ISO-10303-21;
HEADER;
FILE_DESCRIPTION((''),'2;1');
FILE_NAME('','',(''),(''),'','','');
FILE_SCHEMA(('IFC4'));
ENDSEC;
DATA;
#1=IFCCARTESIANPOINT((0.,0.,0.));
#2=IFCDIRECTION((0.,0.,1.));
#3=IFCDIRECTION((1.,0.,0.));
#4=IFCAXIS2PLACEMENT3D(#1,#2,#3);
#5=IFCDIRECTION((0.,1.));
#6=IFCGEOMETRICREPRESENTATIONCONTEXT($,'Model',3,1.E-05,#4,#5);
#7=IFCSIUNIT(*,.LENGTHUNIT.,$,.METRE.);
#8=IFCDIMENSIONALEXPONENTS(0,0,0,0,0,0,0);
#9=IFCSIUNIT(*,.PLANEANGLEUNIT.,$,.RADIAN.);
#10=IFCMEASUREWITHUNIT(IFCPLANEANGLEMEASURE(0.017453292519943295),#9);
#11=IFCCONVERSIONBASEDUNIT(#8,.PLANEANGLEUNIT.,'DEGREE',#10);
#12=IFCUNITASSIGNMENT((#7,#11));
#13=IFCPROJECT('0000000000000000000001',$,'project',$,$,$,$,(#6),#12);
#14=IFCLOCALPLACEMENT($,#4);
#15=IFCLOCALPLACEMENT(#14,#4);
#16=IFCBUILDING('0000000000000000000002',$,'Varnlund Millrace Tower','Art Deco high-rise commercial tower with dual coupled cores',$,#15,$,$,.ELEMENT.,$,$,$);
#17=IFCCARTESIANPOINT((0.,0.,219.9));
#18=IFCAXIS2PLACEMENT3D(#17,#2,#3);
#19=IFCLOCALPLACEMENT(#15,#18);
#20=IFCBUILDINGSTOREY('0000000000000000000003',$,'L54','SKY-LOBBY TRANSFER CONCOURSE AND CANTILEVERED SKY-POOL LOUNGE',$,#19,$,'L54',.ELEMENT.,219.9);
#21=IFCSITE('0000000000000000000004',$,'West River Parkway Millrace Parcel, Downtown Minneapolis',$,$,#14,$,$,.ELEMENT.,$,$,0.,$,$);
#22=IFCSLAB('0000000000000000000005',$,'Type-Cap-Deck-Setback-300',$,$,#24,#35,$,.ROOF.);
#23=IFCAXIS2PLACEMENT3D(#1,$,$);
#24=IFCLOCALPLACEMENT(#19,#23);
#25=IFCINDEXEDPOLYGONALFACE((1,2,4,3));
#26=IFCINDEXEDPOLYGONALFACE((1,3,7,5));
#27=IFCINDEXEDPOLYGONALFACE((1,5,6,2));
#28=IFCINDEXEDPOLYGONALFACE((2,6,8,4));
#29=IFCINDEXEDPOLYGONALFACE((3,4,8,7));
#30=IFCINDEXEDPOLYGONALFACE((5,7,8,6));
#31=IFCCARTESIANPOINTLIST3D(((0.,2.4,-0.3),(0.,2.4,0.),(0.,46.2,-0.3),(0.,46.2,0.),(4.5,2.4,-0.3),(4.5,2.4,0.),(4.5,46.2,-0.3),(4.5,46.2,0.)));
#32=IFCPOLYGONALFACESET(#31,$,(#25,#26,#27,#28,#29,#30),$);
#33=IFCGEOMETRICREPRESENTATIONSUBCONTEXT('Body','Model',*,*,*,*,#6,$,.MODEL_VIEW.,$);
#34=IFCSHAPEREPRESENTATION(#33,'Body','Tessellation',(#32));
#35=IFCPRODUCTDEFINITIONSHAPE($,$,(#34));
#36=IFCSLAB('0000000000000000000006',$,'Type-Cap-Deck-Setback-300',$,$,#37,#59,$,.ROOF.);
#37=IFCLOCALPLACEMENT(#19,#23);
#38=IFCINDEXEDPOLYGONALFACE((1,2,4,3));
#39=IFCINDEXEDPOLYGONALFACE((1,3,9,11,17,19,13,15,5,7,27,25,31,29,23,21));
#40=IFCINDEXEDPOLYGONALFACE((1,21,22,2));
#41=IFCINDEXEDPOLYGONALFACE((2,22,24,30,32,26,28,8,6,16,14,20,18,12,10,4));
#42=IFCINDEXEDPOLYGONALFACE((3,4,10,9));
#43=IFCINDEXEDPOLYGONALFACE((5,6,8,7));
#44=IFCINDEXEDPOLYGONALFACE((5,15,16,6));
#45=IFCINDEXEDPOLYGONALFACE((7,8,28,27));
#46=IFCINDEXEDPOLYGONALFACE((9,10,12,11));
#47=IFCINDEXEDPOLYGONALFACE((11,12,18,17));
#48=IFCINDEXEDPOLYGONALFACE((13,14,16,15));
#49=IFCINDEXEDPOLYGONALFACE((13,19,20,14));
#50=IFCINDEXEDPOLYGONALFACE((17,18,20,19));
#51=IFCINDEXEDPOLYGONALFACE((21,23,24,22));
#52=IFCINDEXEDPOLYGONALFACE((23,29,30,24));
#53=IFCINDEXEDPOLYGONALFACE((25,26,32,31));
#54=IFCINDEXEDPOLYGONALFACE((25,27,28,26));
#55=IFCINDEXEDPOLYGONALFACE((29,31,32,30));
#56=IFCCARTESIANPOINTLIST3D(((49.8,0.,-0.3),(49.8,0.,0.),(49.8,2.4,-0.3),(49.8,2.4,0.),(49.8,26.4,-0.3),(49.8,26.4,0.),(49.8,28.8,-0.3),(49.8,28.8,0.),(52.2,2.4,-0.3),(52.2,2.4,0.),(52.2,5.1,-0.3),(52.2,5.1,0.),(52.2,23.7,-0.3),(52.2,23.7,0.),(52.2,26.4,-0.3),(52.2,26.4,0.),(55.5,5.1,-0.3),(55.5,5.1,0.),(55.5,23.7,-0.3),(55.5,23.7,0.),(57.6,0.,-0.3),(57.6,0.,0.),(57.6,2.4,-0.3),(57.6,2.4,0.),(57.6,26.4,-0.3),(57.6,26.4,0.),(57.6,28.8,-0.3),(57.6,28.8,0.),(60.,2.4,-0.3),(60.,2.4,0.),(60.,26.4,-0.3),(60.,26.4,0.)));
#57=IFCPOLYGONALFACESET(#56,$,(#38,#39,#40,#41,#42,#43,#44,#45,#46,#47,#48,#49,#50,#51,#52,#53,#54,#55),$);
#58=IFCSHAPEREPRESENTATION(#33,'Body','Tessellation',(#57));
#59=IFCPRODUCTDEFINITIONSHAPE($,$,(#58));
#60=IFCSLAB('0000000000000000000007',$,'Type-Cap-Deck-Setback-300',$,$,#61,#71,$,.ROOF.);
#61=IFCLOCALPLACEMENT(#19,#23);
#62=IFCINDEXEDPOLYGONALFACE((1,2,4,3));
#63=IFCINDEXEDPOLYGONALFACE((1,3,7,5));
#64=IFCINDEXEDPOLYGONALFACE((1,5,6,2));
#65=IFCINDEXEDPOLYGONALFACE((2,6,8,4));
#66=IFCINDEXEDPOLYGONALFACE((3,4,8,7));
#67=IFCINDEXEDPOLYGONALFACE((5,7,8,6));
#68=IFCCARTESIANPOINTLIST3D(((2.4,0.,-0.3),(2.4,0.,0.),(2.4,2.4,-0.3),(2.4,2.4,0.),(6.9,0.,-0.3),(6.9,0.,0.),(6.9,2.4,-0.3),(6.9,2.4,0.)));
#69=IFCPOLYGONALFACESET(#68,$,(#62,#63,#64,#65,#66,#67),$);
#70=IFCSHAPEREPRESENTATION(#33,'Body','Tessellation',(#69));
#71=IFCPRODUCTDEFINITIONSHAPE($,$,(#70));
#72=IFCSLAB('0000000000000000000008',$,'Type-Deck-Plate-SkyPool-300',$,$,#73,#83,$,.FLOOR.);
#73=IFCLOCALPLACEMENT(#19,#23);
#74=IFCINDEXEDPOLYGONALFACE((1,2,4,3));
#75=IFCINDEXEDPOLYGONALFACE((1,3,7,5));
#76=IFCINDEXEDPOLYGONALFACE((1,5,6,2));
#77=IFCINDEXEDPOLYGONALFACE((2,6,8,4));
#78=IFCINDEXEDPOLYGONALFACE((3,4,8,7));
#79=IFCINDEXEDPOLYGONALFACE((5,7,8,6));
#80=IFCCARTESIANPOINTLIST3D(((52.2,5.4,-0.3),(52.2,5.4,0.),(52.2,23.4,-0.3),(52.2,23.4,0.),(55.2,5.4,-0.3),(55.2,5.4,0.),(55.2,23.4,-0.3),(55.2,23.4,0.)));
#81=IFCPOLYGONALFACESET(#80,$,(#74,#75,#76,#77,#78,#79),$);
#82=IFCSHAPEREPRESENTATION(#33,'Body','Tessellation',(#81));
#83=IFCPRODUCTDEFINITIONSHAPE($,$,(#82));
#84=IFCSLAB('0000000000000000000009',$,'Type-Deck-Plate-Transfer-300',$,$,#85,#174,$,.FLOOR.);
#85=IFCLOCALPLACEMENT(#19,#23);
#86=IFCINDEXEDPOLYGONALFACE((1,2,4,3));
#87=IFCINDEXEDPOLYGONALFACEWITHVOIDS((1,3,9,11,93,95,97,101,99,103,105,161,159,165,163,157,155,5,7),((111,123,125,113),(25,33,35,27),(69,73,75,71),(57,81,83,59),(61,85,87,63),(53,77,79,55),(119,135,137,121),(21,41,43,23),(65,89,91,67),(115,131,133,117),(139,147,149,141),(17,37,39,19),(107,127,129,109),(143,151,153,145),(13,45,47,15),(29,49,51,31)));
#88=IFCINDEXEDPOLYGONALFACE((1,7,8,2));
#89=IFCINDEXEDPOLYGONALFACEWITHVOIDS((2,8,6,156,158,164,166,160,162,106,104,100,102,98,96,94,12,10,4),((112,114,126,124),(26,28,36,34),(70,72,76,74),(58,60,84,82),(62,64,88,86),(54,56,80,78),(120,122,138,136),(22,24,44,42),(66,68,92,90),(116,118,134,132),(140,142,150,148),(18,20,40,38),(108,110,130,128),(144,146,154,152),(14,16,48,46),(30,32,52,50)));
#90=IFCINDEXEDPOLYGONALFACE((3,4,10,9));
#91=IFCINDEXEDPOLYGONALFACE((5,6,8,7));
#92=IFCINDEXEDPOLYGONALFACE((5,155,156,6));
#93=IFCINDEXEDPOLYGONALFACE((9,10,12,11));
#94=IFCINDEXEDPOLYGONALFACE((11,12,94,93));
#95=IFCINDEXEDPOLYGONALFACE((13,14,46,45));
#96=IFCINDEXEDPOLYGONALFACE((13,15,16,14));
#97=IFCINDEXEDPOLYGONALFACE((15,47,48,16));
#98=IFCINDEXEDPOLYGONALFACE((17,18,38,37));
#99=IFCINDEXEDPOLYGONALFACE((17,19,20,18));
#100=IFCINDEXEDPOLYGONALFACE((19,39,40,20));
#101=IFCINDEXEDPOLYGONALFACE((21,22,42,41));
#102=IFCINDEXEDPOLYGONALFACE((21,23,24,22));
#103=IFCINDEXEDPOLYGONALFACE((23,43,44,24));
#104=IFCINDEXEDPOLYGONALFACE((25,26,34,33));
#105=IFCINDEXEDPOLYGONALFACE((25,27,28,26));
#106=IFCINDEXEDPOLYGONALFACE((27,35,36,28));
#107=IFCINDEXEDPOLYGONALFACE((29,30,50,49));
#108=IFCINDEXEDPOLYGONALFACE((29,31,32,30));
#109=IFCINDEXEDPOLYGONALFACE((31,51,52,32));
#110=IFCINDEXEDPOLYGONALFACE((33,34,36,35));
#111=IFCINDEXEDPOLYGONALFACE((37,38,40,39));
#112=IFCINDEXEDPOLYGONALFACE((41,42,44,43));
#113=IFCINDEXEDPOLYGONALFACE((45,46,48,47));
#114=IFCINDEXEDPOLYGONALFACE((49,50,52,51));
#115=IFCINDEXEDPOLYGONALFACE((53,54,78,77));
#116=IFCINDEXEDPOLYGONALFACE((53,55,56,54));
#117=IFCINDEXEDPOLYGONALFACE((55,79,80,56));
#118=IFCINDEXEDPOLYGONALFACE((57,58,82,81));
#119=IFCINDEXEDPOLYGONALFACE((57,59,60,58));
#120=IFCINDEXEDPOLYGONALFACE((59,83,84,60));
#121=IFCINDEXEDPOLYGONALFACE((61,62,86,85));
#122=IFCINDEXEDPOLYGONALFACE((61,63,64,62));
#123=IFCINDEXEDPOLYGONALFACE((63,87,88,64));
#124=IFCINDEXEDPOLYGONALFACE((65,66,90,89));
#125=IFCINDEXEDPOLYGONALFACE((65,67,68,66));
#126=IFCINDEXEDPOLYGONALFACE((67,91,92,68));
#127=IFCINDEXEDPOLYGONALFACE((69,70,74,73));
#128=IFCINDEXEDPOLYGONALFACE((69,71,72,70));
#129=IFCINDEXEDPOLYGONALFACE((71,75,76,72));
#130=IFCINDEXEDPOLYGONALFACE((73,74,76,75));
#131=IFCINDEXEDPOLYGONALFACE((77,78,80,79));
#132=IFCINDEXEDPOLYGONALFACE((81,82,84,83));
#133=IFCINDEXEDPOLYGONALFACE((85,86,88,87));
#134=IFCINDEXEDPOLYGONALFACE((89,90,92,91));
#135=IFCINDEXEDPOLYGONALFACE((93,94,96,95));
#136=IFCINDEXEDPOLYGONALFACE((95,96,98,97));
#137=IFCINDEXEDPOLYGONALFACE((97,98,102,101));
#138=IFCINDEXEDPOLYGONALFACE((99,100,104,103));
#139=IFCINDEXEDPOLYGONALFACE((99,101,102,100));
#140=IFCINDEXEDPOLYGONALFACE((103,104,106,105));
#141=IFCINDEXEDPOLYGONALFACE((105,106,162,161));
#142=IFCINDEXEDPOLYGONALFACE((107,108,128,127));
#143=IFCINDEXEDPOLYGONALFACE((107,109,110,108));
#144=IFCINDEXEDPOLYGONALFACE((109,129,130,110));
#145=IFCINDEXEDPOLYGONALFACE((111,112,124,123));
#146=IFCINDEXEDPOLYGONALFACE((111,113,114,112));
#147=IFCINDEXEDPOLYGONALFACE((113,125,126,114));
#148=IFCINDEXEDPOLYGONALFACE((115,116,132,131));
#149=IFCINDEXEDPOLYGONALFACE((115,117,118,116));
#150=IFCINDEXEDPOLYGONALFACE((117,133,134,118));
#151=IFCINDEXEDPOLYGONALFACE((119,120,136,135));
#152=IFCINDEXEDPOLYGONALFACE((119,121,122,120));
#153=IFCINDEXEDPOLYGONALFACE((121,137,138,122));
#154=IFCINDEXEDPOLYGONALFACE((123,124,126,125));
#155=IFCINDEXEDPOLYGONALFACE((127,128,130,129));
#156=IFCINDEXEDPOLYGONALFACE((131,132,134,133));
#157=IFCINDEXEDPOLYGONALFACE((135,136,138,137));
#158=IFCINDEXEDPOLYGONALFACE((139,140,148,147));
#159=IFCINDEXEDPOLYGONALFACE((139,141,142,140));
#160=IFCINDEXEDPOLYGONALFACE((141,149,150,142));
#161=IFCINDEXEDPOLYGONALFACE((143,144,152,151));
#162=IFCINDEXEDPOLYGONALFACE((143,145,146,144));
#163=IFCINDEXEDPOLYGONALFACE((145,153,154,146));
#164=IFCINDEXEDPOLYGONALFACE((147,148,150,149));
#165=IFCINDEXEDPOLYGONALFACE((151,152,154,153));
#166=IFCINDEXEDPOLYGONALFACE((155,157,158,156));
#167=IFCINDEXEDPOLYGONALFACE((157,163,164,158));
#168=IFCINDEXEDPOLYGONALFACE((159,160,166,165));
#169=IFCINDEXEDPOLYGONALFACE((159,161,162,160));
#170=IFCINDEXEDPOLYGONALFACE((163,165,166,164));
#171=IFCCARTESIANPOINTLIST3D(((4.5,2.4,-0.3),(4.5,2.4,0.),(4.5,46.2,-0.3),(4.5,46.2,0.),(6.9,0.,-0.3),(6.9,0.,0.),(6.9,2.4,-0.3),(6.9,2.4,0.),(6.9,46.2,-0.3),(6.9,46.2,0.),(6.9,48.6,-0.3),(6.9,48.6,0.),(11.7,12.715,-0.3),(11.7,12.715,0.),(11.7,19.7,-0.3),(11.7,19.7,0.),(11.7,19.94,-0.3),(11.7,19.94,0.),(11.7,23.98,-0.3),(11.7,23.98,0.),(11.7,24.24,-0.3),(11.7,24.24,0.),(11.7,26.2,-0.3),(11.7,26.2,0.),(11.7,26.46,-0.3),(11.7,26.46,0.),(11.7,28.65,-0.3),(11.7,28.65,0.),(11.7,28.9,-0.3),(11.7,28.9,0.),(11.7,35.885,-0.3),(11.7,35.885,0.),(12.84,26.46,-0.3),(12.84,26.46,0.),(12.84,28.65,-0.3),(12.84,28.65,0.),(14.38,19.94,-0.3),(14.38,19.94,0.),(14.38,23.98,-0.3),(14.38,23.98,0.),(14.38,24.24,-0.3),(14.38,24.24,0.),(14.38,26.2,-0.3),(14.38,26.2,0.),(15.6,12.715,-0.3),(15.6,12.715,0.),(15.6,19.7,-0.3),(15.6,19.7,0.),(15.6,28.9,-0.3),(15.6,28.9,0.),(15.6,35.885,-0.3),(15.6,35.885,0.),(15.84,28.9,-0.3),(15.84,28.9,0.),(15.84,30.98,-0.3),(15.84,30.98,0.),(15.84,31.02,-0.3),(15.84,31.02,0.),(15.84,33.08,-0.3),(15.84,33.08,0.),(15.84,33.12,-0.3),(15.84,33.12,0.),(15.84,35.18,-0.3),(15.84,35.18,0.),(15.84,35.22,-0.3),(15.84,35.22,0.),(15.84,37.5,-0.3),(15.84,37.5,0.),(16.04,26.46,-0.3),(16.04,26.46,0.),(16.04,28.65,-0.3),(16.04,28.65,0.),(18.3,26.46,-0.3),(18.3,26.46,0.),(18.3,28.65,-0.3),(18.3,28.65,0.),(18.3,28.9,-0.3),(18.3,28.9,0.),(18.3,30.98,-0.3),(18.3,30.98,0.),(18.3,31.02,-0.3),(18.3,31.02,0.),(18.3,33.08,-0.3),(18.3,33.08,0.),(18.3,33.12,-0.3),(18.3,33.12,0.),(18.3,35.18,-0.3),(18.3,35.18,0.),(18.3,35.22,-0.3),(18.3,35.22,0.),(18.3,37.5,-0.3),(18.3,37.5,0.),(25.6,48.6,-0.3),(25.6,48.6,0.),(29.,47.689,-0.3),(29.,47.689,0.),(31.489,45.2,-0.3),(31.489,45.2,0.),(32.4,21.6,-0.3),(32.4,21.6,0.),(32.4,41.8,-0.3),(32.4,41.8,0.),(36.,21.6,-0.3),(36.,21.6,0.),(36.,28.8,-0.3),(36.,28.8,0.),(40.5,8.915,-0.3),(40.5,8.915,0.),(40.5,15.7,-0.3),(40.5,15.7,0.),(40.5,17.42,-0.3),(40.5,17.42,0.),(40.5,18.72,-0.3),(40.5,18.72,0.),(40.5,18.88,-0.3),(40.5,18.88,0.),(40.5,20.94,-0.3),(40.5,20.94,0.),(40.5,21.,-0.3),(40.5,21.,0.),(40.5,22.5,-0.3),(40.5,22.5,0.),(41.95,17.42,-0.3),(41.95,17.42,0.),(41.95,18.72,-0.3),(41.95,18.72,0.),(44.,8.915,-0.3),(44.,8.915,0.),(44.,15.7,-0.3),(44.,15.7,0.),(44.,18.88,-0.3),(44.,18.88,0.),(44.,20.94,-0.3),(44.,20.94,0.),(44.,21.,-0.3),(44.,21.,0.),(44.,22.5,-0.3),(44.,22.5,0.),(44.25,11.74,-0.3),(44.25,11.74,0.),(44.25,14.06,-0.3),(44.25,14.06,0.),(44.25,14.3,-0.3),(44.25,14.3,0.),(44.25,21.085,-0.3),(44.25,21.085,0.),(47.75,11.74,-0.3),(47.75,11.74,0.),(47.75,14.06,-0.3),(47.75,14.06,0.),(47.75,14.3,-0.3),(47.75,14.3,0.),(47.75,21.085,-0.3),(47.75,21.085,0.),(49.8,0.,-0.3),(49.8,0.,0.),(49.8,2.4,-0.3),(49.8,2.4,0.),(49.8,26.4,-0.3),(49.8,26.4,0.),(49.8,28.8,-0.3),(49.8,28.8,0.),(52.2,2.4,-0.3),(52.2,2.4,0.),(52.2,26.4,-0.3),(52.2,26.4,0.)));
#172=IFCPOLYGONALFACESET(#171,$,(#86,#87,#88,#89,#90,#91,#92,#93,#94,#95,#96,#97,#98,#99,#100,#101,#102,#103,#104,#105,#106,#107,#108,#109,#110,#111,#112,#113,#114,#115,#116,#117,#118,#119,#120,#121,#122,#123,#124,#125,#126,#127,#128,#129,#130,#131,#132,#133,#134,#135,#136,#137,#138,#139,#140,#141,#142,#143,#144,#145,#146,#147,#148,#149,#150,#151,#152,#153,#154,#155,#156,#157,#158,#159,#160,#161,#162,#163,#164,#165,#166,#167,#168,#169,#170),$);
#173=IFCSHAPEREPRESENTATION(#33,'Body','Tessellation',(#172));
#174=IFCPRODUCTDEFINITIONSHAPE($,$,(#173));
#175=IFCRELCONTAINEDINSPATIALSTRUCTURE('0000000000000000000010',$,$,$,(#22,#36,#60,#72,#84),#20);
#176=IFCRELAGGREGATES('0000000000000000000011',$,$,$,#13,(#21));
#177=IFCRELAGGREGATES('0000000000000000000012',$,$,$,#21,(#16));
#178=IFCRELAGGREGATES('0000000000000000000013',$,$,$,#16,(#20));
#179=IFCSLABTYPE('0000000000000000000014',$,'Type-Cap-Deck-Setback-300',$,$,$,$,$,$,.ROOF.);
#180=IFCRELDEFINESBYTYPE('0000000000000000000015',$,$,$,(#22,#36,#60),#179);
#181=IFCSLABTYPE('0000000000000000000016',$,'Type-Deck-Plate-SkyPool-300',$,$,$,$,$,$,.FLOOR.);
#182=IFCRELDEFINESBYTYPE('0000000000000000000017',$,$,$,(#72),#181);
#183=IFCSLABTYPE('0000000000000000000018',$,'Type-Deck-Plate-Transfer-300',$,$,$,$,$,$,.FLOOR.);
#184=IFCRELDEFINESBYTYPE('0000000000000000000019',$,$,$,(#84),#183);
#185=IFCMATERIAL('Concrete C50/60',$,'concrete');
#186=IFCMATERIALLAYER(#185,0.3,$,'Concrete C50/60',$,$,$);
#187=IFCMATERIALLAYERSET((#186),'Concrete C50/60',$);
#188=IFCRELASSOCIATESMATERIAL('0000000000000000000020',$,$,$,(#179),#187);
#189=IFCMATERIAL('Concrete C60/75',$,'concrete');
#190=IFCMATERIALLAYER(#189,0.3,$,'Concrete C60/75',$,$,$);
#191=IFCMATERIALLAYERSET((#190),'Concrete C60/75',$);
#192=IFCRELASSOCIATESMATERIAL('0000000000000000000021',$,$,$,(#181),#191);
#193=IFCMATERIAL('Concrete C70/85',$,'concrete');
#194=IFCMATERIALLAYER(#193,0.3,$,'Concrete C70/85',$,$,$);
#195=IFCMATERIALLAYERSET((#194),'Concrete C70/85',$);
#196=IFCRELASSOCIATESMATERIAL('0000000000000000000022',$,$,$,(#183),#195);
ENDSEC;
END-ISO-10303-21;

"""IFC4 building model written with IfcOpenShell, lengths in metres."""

from ifc_helpers import new_model, entity, si_unit, converted_unit, direction, frame, origin_with_axes, place, context, subcontext, project, spatial, polyline, outline, extrude, material, layer, layer_set, type_object, element, save


model = new_model("IFC4")

# Units and contexts
model_context = context("Model", 3, precision=1e-05, world=origin_with_axes(), true_north=direction((0.0, 1.0)))
body_context = subcontext(model_context, "Body", "Model", "MODEL_VIEW")
ifc_project = project(units=[si_unit("LENGTHUNIT", "METRE"), converted_unit("PLANEANGLEUNIT", "DEGREE", entity("IfcPlaneAngleMeasure", 0.017453292519943295), si_unit("PLANEANGLEUNIT", "RADIAN"), dimensions=[0, 0, 0, 0, 0, 0, 0])], contexts=[model_context])

# Site, building, storey
site_placement = place(None, origin_with_axes())
site = spatial("IfcSite", under=ifc_project, at=site_placement, Name="West River Parkway Millrace Parcel, Downtown Minneapolis", CompositionType="ELEMENT", RefElevation=0.0)
building_placement = place(site_placement, origin_with_axes())
building = spatial("IfcBuilding", under=site, at=building_placement, Name="Varnlund Millrace Tower", Description="Art Deco high-rise commercial tower with dual coupled cores", CompositionType="ELEMENT")
storey_placement = place(building_placement, frame((0.0, 0.0, 219.9), z_axis=(0.0, 0.0, 1.0), x_axis=(1.0, 0.0, 0.0)))
storey = spatial("IfcBuildingStorey", under=building, at=storey_placement, Name="L54", Description="SKY-LOBBY TRANSFER CONCOURSE AND CANTILEVERED SKY-POOL LOUNGE", LongName="L54", CompositionType="ELEMENT", Elevation=219.9)

# Slabs
ifc_material_1 = material(Name="Concrete C50/60", Category="concrete")
ifc_layer_1 = layer(ifc_material_1, 0.3, Name="Concrete C50/60")
ifc_layer_set_1 = layer_set([ifc_layer_1], Name="Concrete C50/60")
slab_type_1 = type_object("IfcSlabType", Name="Type-Cap-Deck-Setback-300", PredefinedType="ROOF", material=ifc_layer_set_1)
slab_1_placement = place(storey_placement, frame((0.0, 0.0, -0.3), z_axis=(0.0, 0.0, 1.0), x_axis=(1.0, 0.0, 0.0)))
element("IfcSlab", 1, at=slab_1_placement, inside=storey, type_object=slab_type_1, Name="Type-Cap-Deck-Setback-300", PredefinedType="ROOF", context=body_context, shape_type="SweptSolid", body=[
    extrude(outline(polyline([(4.5, 2.4), (4.5, 46.2), (0.0, 46.2), (0.0, 2.4), (4.5, 2.4)])), origin_with_axes(), (0.0, 0.0, 1.0), 0.3),
])
slab_2_placement = place(storey_placement, frame((0.0, 0.0, -0.3), z_axis=(0.0, 0.0, 1.0), x_axis=(1.0, 0.0, 0.0)))
element("IfcSlab", 2, at=slab_2_placement, inside=storey, type_object=slab_type_1, Name="Type-Cap-Deck-Setback-300", PredefinedType="ROOF", context=body_context, shape_type="SweptSolid", body=[
    extrude(outline(polyline([(57.6, 26.4), (57.6, 28.8), (49.8, 28.8), (49.8, 26.4), (52.2, 26.4), (52.2, 23.7), (55.5, 23.7), (55.5, 5.1), (52.2, 5.1), (52.2, 2.4), (49.8, 2.4), (49.8, 0.0), (57.6, 0.0), (57.6, 2.4), (60.0, 2.4), (60.0, 26.4), (57.6, 26.4)])), origin_with_axes(), (0.0, 0.0, 1.0), 0.3),
])
slab_3_placement = place(storey_placement, frame((0.0, 0.0, -0.3), z_axis=(0.0, 0.0, 1.0), x_axis=(1.0, 0.0, 0.0)))
element("IfcSlab", 3, at=slab_3_placement, inside=storey, type_object=slab_type_1, Name="Type-Cap-Deck-Setback-300", PredefinedType="ROOF", context=body_context, shape_type="SweptSolid", body=[
    extrude(outline(polyline([(2.4, 2.4), (2.4, 0.0), (6.9, 0.0), (6.9, 2.4), (2.4, 2.4)])), origin_with_axes(), (0.0, 0.0, 1.0), 0.3),
])
ifc_material_2 = material(Name="Concrete C60/75", Category="concrete")
ifc_layer_2 = layer(ifc_material_2, 0.3, Name="Concrete C60/75")
ifc_layer_set_2 = layer_set([ifc_layer_2], Name="Concrete C60/75")
slab_type_2 = type_object("IfcSlabType", Name="Type-Deck-Plate-SkyPool-300", PredefinedType="FLOOR", material=ifc_layer_set_2)
slab_4_placement = place(storey_placement, frame((0.0, 0.0, -0.3), z_axis=(0.0, 0.0, 1.0), x_axis=(1.0, 0.0, 0.0)))
element("IfcSlab", 4, at=slab_4_placement, inside=storey, type_object=slab_type_2, Name="Type-Deck-Plate-SkyPool-300", PredefinedType="FLOOR", context=body_context, shape_type="SweptSolid", body=[
    extrude(outline(polyline([(55.2, 5.4), (55.2, 23.4), (52.2, 23.4), (52.2, 5.4), (55.2, 5.4)])), origin_with_axes(), (0.0, 0.0, 1.0), 0.3),
])
ifc_material_3 = material(Name="Concrete C70/85", Category="concrete")
ifc_layer_3 = layer(ifc_material_3, 0.3, Name="Concrete C70/85")
ifc_layer_set_3 = layer_set([ifc_layer_3], Name="Concrete C70/85")
slab_type_3 = type_object("IfcSlabType", Name="Type-Deck-Plate-Transfer-300", PredefinedType="FLOOR", material=ifc_layer_set_3)
slab_5_placement = place(storey_placement, frame((0.0, 0.0, -0.3), z_axis=(0.0, 0.0, 1.0), x_axis=(1.0, 0.0, 0.0)))
element("IfcSlab", 5, at=slab_5_placement, inside=storey, type_object=slab_type_3, Name="Type-Deck-Plate-Transfer-300", PredefinedType="FLOOR", context=body_context, shape_type="SweptSolid", body=[
    extrude(outline(polyline([(32.4, 21.6), (32.4, 41.8), (31.489, 45.2), (29.0, 47.689), (25.6, 48.6), (6.9, 48.6), (6.9, 46.2), (4.5, 46.2), (4.5, 2.4), (6.9, 2.4), (6.9, 0.0), (49.8, 0.0), (49.8, 2.4), (52.2, 2.4), (52.2, 26.4), (49.8, 26.4), (49.8, 28.8), (36.0, 28.8), (36.0, 21.6), (32.4, 21.6)]), holes=[polyline([(15.6, 12.715), (11.7, 12.715), (11.7, 19.7), (15.6, 19.7), (15.6, 12.715)]), polyline([(14.38, 23.98), (14.38, 19.94), (11.7, 19.94), (11.7, 23.98), (14.38, 23.98)]), polyline([(14.38, 24.24), (11.7, 24.24), (11.7, 26.2), (14.38, 26.2), (14.38, 24.24)]), polyline([(12.84, 26.46), (11.7, 26.46), (11.7, 28.65), (12.84, 28.65), (12.84, 26.46)]), polyline([(18.3, 28.9), (15.84, 28.9), (15.84, 30.98), (18.3, 30.98), (18.3, 28.9)]), polyline([(18.3, 31.02), (15.84, 31.02), (15.84, 33.08), (18.3, 33.08), (18.3, 31.02)]), polyline([(15.6, 28.9), (11.7, 28.9), (11.7, 35.885), (15.6, 35.885), (15.6, 28.9)]), polyline([(18.3, 33.12), (15.84, 33.12), (15.84, 35.18), (18.3, 35.18), (18.3, 33.12)]), polyline([(44.0, 8.915), (40.5, 8.915), (40.5, 15.7), (44.0, 15.7), (44.0, 8.915)]), polyline([(47.75, 11.74), (44.25, 11.74), (44.25, 14.06), (47.75, 14.06), (47.75, 11.74)]), polyline([(47.75, 14.3), (44.25, 14.3), (44.25, 21.085), (47.75, 21.085), (47.75, 14.3)]), polyline([(41.95, 17.42), (40.5, 17.42), (40.5, 18.72), (41.95, 18.72), (41.95, 17.42)]), polyline([(44.0, 18.88), (40.5, 18.88), (40.5, 20.94), (44.0, 20.94), (44.0, 18.88)]), polyline([(44.0, 21.0), (40.5, 21.0), (40.5, 22.5), (44.0, 22.5), (44.0, 21.0)]), polyline([(16.04, 26.46), (16.04, 28.65), (18.3, 28.65), (18.3, 26.46), (16.04, 26.46)]), polyline([(15.84, 35.22), (15.84, 37.5), (18.3, 37.5), (18.3, 35.22), (15.84, 35.22)])]), origin_with_axes(), (0.0, 0.0, 1.0), 0.3),
])

save(model, "model.ifc")
